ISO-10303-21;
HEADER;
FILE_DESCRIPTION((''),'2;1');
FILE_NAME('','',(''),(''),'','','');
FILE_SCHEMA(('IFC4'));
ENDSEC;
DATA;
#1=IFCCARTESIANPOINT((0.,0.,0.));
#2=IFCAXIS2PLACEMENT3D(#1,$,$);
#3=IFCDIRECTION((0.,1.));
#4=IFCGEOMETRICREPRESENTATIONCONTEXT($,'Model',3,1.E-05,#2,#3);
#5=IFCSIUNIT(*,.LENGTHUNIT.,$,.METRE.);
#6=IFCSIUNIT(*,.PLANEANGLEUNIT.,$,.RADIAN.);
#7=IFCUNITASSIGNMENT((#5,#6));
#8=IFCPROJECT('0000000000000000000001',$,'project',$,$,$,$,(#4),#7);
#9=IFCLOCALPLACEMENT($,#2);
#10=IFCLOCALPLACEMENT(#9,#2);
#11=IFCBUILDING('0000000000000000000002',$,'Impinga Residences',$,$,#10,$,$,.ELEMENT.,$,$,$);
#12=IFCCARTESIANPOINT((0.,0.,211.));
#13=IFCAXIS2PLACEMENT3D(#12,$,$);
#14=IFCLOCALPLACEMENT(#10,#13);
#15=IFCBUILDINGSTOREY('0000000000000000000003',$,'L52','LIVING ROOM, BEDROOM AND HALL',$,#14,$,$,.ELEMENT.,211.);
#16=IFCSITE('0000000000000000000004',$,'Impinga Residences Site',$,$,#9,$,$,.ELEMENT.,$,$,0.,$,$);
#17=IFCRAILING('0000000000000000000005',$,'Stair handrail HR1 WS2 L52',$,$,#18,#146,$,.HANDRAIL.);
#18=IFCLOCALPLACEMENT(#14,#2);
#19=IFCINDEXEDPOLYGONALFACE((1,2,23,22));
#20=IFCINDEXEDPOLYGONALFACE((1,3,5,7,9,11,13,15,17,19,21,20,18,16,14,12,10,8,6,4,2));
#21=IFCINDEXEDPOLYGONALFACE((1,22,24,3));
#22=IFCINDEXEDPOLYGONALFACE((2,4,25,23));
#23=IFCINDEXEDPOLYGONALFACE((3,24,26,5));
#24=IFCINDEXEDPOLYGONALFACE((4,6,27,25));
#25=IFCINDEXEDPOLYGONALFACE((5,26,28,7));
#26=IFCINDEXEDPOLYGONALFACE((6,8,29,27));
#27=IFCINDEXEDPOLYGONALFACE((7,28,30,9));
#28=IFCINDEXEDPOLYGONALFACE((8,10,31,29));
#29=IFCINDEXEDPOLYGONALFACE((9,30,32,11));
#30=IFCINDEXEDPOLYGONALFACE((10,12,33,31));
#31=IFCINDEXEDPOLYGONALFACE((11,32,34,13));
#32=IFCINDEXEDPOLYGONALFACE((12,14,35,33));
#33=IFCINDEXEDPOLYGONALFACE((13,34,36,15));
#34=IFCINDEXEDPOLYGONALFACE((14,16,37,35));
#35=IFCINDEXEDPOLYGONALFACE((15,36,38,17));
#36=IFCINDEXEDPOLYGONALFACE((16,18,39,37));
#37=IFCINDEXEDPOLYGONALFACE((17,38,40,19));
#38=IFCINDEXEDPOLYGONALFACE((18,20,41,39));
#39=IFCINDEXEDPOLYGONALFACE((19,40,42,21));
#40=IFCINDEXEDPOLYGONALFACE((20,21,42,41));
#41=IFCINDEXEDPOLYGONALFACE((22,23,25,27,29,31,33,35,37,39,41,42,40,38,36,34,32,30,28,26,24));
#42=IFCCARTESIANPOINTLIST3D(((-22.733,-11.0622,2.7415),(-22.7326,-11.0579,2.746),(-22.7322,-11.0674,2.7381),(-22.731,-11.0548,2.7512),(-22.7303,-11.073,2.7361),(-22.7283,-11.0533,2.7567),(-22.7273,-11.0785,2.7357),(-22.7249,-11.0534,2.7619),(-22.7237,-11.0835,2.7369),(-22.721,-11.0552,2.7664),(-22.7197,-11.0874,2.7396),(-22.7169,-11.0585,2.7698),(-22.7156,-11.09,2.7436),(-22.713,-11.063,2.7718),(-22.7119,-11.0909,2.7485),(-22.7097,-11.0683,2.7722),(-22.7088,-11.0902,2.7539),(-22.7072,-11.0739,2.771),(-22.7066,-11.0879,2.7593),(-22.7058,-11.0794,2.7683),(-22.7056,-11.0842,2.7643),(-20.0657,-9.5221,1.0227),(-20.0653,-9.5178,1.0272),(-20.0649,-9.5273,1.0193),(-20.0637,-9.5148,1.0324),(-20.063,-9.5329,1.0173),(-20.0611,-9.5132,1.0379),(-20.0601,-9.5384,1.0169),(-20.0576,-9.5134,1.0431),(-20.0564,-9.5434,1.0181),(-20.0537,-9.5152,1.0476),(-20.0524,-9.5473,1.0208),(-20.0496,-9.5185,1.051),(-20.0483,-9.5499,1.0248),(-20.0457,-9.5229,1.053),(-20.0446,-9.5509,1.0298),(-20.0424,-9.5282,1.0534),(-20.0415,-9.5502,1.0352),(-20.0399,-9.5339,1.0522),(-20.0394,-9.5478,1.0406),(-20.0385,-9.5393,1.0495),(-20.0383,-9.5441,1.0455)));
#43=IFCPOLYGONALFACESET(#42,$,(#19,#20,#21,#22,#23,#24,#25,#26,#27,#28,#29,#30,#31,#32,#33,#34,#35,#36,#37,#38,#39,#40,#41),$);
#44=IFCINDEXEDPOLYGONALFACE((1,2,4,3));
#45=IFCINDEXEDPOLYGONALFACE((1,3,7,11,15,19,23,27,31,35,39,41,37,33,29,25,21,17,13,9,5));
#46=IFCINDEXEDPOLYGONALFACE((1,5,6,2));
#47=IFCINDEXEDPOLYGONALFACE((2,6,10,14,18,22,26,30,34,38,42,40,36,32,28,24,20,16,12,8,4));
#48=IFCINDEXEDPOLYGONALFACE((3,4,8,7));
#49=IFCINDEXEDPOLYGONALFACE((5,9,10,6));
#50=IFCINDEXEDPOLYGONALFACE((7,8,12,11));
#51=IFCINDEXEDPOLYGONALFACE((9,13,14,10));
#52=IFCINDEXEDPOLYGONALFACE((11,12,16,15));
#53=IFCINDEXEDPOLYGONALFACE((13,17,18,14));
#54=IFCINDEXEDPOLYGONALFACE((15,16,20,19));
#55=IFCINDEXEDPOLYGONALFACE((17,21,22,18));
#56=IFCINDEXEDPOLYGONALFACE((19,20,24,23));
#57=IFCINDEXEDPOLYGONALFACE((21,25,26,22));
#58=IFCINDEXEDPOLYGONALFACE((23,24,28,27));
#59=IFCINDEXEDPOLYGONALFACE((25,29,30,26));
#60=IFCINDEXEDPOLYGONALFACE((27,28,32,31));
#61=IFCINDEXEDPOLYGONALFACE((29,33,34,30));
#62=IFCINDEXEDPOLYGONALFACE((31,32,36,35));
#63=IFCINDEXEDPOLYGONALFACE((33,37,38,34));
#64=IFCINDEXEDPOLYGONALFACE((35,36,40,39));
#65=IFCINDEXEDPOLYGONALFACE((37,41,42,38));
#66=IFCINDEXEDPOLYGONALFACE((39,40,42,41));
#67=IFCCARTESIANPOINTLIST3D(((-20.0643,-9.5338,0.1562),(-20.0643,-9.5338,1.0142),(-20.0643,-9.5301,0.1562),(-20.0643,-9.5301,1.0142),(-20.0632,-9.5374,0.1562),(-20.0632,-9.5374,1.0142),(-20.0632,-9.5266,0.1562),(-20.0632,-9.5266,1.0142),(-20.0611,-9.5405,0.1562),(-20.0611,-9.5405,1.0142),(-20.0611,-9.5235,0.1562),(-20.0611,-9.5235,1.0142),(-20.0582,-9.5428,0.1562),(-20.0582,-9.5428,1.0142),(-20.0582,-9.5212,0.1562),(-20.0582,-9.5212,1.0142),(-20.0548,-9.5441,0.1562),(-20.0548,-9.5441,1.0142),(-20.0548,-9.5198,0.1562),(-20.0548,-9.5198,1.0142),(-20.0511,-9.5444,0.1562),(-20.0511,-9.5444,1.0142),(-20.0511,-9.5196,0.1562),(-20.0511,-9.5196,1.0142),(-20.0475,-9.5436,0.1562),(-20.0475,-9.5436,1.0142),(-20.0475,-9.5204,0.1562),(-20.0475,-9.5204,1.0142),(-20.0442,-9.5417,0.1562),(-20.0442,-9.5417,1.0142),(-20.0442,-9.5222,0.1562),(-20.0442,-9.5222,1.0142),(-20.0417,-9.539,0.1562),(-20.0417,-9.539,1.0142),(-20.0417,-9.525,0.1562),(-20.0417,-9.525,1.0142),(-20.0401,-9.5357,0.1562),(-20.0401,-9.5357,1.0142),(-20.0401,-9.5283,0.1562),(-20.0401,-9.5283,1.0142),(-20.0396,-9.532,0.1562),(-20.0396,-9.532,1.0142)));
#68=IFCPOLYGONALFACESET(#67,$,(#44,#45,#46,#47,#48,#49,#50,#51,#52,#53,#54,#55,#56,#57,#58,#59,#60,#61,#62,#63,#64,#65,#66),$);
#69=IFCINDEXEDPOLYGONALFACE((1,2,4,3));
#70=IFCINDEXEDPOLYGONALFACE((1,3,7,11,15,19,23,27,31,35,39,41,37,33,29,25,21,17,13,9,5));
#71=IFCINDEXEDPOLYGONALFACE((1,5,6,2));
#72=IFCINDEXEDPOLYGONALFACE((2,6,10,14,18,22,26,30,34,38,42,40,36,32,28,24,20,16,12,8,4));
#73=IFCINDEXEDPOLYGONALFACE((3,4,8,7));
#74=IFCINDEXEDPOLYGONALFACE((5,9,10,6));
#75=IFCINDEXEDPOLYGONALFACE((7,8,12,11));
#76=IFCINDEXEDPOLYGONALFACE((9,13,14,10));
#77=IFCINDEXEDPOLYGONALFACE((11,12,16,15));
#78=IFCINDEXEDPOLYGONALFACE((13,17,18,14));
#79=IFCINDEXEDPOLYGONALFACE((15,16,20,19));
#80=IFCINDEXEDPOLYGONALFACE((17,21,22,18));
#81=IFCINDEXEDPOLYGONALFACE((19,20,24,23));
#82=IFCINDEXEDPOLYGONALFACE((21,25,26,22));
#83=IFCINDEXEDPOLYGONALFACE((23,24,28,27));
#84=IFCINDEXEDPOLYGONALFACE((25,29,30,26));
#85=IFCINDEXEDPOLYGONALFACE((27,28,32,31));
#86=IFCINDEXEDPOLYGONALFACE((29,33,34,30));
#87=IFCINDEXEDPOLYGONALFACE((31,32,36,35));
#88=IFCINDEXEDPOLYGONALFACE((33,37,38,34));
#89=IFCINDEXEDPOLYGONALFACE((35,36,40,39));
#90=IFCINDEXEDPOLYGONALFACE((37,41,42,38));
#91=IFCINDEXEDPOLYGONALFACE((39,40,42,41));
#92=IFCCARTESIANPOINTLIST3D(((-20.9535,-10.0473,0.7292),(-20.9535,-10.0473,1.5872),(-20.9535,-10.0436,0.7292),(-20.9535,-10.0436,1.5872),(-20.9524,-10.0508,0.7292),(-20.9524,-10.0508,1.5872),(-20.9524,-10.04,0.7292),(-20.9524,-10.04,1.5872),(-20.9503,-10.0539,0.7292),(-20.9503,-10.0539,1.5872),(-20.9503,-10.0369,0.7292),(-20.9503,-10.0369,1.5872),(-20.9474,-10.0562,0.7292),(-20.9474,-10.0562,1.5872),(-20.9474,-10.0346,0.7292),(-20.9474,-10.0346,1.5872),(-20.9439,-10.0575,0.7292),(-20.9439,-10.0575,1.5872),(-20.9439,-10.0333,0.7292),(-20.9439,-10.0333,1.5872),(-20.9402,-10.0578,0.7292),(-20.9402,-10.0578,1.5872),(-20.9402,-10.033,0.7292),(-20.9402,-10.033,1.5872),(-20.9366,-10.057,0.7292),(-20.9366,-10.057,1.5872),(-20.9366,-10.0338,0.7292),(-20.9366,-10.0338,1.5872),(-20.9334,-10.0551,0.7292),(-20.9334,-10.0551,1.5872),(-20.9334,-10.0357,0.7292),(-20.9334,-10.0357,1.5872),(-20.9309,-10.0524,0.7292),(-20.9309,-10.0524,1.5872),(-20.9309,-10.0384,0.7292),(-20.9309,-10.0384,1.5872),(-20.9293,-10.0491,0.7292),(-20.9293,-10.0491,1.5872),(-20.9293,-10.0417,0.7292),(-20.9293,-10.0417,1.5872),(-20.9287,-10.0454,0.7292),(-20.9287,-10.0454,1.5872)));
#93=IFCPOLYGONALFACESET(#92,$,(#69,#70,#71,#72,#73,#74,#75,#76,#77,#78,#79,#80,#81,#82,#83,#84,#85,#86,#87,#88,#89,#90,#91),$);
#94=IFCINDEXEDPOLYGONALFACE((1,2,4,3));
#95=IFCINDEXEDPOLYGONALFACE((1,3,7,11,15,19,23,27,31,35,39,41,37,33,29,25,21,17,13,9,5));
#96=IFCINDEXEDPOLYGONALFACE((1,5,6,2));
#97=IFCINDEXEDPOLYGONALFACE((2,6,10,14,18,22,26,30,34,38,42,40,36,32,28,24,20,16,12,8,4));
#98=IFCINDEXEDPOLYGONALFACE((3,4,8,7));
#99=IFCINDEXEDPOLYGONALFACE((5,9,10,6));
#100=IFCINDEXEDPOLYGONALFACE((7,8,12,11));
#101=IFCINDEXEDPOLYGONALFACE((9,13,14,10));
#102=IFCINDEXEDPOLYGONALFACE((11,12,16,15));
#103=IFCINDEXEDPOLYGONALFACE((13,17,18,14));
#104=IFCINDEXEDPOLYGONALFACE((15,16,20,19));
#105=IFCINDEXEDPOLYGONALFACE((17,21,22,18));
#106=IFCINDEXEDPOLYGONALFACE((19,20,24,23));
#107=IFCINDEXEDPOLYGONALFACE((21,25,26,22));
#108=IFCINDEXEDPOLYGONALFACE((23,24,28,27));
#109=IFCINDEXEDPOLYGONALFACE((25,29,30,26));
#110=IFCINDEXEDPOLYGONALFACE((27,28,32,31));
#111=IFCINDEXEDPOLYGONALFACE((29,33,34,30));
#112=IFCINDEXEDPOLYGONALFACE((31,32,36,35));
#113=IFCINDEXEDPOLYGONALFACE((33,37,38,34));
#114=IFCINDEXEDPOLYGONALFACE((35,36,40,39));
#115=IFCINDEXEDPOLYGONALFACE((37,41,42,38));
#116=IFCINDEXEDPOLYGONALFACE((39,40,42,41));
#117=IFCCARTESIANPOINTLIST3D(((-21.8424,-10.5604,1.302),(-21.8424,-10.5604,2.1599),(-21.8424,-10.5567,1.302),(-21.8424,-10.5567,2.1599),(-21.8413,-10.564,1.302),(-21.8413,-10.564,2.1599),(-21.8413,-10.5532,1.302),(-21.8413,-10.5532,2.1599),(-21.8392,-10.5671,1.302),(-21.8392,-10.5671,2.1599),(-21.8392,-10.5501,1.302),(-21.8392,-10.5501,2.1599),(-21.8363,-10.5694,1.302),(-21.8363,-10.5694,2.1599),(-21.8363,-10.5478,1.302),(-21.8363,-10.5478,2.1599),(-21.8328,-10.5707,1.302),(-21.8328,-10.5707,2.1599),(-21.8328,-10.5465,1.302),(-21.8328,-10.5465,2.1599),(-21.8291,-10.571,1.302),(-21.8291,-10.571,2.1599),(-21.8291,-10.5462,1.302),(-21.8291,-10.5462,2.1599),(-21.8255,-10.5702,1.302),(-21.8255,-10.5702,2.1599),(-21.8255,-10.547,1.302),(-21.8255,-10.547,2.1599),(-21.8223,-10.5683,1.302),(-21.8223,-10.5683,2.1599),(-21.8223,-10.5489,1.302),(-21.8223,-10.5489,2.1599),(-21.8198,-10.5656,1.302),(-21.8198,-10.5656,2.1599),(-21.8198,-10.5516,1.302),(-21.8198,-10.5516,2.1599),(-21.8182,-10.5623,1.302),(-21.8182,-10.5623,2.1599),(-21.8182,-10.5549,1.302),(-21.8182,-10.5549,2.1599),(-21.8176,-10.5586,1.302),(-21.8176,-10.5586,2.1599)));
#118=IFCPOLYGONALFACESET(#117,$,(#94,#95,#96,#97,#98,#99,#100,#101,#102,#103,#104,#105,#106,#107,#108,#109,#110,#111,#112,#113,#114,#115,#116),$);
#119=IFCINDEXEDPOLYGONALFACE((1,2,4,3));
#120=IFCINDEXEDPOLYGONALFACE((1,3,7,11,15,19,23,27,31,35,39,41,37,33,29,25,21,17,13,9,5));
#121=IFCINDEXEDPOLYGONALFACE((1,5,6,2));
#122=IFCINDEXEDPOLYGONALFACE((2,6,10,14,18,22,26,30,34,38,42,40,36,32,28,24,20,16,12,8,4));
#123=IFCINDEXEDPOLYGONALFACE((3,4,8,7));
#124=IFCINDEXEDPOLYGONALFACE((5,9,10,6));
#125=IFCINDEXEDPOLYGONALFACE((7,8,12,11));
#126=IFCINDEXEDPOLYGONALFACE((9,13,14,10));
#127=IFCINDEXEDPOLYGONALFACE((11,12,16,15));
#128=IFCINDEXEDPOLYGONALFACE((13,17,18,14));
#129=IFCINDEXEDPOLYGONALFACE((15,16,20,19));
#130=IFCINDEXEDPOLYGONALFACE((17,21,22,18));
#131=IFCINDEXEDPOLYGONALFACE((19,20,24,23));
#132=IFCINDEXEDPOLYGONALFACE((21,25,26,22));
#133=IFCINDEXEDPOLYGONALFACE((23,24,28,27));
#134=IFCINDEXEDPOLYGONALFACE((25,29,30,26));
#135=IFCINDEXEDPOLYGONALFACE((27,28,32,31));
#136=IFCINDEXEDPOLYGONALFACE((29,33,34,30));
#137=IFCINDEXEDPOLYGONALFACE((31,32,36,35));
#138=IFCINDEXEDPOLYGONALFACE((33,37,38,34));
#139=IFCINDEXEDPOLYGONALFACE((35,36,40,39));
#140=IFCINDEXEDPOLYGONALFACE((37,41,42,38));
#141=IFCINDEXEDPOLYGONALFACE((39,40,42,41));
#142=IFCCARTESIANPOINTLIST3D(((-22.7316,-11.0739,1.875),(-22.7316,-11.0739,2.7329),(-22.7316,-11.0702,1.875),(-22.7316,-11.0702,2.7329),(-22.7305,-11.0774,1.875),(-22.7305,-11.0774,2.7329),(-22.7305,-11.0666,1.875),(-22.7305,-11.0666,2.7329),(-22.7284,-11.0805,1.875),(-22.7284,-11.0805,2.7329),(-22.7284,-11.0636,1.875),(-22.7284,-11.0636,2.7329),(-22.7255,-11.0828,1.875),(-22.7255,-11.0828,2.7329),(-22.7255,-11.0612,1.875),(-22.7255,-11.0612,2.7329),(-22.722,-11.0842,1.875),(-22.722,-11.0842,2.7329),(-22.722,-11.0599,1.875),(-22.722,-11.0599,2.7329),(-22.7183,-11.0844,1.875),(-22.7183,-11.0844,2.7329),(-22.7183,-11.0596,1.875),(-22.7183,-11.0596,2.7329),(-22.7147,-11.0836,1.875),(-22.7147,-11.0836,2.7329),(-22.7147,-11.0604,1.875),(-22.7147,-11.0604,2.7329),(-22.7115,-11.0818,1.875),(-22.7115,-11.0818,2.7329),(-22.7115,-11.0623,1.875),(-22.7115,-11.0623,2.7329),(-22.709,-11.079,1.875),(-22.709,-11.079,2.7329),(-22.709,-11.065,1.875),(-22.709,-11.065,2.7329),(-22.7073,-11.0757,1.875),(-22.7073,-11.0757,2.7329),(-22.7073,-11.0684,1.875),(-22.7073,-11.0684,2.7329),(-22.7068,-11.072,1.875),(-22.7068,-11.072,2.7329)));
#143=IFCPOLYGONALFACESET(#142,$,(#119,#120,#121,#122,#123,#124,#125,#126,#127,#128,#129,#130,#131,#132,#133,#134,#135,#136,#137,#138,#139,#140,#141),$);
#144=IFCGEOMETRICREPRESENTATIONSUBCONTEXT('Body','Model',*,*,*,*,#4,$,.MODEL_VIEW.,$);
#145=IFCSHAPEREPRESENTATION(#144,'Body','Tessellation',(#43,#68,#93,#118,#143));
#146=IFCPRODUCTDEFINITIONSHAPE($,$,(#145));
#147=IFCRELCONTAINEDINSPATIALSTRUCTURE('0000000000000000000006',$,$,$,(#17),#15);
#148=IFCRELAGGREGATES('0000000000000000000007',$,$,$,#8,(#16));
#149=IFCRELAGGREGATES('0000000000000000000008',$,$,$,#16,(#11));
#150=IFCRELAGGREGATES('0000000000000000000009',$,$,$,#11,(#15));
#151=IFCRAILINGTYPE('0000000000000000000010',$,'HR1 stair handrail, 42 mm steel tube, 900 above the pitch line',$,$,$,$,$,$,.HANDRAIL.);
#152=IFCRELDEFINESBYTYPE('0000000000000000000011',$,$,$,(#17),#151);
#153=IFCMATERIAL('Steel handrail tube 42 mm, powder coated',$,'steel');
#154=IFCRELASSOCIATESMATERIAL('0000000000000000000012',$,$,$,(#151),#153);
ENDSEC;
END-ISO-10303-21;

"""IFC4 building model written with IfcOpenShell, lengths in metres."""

from ifc_helpers import new_model, si_unit, direction, frame, origin, origin_2d, place, context, subcontext, project, spatial, circle, extrude, material, type_object, element, save


model = new_model("IFC4")

# Units and contexts
model_context = context("Model", 3, precision=1e-05, world=origin(), true_north=direction((0.0, 1.0)))
body_context = subcontext(model_context, "Body", "Model", "MODEL_VIEW")
ifc_project = project(units=[si_unit("LENGTHUNIT", "METRE"), si_unit("PLANEANGLEUNIT", "RADIAN")], contexts=[model_context])

# Site, building, storey
site_placement = place(None, origin())
site = spatial("IfcSite", under=ifc_project, at=site_placement, Name="Impinga Residences Site", CompositionType="ELEMENT", RefElevation=0.0)
building_placement = place(site_placement, origin())
building = spatial("IfcBuilding", under=site, at=building_placement, Name="Impinga Residences", CompositionType="ELEMENT")
storey_placement = place(building_placement, frame((0.0, 0.0, 211.0)))
storey = spatial("IfcBuildingStorey", under=building, at=storey_placement, Name="L52", Description="LIVING ROOM, BEDROOM AND HALL", CompositionType="ELEMENT", Elevation=211.0)

# Railing
ifc_material_1 = material(Name="Steel handrail tube 42 mm, powder coated", Category="steel")
railing_type_1 = type_object("IfcRailingType", Name="HR1 stair handrail, 42 mm steel tube, 900 above the pitch line", PredefinedType="HANDRAIL", material=ifc_material_1)
railing_1_placement = place(storey_placement, frame((-20.052, -9.532, 0.1562)))
element("IfcRailing", 1, at=railing_1_placement, inside=storey, type_object=railing_type_1, Name="Stair handrail HR1 WS2 L52", PredefinedType="HANDRAIL", context=body_context, shape_type="SweptSolid", body=[
    extrude(circle(Radius=0.021, at=origin_2d()), frame((0.0, 0.0, 0.8789), z_axis=(-0.756226, -0.436639, 0.487307), x_axis=(0.500027, -0.86601, 0.0)), (0.0, 0.0, 1.0), 3.5271),
    extrude(circle(Radius=0.0125, at=origin_2d()), origin(), (0.0, 0.0, 1.0), 0.8579),
    extrude(circle(Radius=0.0125, at=origin_2d()), frame((-0.8892, -0.5134, 0.573)), (0.0, 0.0, 1.0), 0.8579),
    extrude(circle(Radius=0.0125, at=origin_2d()), frame((-1.7781, -1.0266, 1.1458)), (0.0, 0.0, 1.0), 0.8579),
    extrude(circle(Radius=0.0125, at=origin_2d()), frame((-2.6672, -1.54, 1.7188)), (0.0, 0.0, 1.0), 0.8579),
])

save(model, "model.ifc")
